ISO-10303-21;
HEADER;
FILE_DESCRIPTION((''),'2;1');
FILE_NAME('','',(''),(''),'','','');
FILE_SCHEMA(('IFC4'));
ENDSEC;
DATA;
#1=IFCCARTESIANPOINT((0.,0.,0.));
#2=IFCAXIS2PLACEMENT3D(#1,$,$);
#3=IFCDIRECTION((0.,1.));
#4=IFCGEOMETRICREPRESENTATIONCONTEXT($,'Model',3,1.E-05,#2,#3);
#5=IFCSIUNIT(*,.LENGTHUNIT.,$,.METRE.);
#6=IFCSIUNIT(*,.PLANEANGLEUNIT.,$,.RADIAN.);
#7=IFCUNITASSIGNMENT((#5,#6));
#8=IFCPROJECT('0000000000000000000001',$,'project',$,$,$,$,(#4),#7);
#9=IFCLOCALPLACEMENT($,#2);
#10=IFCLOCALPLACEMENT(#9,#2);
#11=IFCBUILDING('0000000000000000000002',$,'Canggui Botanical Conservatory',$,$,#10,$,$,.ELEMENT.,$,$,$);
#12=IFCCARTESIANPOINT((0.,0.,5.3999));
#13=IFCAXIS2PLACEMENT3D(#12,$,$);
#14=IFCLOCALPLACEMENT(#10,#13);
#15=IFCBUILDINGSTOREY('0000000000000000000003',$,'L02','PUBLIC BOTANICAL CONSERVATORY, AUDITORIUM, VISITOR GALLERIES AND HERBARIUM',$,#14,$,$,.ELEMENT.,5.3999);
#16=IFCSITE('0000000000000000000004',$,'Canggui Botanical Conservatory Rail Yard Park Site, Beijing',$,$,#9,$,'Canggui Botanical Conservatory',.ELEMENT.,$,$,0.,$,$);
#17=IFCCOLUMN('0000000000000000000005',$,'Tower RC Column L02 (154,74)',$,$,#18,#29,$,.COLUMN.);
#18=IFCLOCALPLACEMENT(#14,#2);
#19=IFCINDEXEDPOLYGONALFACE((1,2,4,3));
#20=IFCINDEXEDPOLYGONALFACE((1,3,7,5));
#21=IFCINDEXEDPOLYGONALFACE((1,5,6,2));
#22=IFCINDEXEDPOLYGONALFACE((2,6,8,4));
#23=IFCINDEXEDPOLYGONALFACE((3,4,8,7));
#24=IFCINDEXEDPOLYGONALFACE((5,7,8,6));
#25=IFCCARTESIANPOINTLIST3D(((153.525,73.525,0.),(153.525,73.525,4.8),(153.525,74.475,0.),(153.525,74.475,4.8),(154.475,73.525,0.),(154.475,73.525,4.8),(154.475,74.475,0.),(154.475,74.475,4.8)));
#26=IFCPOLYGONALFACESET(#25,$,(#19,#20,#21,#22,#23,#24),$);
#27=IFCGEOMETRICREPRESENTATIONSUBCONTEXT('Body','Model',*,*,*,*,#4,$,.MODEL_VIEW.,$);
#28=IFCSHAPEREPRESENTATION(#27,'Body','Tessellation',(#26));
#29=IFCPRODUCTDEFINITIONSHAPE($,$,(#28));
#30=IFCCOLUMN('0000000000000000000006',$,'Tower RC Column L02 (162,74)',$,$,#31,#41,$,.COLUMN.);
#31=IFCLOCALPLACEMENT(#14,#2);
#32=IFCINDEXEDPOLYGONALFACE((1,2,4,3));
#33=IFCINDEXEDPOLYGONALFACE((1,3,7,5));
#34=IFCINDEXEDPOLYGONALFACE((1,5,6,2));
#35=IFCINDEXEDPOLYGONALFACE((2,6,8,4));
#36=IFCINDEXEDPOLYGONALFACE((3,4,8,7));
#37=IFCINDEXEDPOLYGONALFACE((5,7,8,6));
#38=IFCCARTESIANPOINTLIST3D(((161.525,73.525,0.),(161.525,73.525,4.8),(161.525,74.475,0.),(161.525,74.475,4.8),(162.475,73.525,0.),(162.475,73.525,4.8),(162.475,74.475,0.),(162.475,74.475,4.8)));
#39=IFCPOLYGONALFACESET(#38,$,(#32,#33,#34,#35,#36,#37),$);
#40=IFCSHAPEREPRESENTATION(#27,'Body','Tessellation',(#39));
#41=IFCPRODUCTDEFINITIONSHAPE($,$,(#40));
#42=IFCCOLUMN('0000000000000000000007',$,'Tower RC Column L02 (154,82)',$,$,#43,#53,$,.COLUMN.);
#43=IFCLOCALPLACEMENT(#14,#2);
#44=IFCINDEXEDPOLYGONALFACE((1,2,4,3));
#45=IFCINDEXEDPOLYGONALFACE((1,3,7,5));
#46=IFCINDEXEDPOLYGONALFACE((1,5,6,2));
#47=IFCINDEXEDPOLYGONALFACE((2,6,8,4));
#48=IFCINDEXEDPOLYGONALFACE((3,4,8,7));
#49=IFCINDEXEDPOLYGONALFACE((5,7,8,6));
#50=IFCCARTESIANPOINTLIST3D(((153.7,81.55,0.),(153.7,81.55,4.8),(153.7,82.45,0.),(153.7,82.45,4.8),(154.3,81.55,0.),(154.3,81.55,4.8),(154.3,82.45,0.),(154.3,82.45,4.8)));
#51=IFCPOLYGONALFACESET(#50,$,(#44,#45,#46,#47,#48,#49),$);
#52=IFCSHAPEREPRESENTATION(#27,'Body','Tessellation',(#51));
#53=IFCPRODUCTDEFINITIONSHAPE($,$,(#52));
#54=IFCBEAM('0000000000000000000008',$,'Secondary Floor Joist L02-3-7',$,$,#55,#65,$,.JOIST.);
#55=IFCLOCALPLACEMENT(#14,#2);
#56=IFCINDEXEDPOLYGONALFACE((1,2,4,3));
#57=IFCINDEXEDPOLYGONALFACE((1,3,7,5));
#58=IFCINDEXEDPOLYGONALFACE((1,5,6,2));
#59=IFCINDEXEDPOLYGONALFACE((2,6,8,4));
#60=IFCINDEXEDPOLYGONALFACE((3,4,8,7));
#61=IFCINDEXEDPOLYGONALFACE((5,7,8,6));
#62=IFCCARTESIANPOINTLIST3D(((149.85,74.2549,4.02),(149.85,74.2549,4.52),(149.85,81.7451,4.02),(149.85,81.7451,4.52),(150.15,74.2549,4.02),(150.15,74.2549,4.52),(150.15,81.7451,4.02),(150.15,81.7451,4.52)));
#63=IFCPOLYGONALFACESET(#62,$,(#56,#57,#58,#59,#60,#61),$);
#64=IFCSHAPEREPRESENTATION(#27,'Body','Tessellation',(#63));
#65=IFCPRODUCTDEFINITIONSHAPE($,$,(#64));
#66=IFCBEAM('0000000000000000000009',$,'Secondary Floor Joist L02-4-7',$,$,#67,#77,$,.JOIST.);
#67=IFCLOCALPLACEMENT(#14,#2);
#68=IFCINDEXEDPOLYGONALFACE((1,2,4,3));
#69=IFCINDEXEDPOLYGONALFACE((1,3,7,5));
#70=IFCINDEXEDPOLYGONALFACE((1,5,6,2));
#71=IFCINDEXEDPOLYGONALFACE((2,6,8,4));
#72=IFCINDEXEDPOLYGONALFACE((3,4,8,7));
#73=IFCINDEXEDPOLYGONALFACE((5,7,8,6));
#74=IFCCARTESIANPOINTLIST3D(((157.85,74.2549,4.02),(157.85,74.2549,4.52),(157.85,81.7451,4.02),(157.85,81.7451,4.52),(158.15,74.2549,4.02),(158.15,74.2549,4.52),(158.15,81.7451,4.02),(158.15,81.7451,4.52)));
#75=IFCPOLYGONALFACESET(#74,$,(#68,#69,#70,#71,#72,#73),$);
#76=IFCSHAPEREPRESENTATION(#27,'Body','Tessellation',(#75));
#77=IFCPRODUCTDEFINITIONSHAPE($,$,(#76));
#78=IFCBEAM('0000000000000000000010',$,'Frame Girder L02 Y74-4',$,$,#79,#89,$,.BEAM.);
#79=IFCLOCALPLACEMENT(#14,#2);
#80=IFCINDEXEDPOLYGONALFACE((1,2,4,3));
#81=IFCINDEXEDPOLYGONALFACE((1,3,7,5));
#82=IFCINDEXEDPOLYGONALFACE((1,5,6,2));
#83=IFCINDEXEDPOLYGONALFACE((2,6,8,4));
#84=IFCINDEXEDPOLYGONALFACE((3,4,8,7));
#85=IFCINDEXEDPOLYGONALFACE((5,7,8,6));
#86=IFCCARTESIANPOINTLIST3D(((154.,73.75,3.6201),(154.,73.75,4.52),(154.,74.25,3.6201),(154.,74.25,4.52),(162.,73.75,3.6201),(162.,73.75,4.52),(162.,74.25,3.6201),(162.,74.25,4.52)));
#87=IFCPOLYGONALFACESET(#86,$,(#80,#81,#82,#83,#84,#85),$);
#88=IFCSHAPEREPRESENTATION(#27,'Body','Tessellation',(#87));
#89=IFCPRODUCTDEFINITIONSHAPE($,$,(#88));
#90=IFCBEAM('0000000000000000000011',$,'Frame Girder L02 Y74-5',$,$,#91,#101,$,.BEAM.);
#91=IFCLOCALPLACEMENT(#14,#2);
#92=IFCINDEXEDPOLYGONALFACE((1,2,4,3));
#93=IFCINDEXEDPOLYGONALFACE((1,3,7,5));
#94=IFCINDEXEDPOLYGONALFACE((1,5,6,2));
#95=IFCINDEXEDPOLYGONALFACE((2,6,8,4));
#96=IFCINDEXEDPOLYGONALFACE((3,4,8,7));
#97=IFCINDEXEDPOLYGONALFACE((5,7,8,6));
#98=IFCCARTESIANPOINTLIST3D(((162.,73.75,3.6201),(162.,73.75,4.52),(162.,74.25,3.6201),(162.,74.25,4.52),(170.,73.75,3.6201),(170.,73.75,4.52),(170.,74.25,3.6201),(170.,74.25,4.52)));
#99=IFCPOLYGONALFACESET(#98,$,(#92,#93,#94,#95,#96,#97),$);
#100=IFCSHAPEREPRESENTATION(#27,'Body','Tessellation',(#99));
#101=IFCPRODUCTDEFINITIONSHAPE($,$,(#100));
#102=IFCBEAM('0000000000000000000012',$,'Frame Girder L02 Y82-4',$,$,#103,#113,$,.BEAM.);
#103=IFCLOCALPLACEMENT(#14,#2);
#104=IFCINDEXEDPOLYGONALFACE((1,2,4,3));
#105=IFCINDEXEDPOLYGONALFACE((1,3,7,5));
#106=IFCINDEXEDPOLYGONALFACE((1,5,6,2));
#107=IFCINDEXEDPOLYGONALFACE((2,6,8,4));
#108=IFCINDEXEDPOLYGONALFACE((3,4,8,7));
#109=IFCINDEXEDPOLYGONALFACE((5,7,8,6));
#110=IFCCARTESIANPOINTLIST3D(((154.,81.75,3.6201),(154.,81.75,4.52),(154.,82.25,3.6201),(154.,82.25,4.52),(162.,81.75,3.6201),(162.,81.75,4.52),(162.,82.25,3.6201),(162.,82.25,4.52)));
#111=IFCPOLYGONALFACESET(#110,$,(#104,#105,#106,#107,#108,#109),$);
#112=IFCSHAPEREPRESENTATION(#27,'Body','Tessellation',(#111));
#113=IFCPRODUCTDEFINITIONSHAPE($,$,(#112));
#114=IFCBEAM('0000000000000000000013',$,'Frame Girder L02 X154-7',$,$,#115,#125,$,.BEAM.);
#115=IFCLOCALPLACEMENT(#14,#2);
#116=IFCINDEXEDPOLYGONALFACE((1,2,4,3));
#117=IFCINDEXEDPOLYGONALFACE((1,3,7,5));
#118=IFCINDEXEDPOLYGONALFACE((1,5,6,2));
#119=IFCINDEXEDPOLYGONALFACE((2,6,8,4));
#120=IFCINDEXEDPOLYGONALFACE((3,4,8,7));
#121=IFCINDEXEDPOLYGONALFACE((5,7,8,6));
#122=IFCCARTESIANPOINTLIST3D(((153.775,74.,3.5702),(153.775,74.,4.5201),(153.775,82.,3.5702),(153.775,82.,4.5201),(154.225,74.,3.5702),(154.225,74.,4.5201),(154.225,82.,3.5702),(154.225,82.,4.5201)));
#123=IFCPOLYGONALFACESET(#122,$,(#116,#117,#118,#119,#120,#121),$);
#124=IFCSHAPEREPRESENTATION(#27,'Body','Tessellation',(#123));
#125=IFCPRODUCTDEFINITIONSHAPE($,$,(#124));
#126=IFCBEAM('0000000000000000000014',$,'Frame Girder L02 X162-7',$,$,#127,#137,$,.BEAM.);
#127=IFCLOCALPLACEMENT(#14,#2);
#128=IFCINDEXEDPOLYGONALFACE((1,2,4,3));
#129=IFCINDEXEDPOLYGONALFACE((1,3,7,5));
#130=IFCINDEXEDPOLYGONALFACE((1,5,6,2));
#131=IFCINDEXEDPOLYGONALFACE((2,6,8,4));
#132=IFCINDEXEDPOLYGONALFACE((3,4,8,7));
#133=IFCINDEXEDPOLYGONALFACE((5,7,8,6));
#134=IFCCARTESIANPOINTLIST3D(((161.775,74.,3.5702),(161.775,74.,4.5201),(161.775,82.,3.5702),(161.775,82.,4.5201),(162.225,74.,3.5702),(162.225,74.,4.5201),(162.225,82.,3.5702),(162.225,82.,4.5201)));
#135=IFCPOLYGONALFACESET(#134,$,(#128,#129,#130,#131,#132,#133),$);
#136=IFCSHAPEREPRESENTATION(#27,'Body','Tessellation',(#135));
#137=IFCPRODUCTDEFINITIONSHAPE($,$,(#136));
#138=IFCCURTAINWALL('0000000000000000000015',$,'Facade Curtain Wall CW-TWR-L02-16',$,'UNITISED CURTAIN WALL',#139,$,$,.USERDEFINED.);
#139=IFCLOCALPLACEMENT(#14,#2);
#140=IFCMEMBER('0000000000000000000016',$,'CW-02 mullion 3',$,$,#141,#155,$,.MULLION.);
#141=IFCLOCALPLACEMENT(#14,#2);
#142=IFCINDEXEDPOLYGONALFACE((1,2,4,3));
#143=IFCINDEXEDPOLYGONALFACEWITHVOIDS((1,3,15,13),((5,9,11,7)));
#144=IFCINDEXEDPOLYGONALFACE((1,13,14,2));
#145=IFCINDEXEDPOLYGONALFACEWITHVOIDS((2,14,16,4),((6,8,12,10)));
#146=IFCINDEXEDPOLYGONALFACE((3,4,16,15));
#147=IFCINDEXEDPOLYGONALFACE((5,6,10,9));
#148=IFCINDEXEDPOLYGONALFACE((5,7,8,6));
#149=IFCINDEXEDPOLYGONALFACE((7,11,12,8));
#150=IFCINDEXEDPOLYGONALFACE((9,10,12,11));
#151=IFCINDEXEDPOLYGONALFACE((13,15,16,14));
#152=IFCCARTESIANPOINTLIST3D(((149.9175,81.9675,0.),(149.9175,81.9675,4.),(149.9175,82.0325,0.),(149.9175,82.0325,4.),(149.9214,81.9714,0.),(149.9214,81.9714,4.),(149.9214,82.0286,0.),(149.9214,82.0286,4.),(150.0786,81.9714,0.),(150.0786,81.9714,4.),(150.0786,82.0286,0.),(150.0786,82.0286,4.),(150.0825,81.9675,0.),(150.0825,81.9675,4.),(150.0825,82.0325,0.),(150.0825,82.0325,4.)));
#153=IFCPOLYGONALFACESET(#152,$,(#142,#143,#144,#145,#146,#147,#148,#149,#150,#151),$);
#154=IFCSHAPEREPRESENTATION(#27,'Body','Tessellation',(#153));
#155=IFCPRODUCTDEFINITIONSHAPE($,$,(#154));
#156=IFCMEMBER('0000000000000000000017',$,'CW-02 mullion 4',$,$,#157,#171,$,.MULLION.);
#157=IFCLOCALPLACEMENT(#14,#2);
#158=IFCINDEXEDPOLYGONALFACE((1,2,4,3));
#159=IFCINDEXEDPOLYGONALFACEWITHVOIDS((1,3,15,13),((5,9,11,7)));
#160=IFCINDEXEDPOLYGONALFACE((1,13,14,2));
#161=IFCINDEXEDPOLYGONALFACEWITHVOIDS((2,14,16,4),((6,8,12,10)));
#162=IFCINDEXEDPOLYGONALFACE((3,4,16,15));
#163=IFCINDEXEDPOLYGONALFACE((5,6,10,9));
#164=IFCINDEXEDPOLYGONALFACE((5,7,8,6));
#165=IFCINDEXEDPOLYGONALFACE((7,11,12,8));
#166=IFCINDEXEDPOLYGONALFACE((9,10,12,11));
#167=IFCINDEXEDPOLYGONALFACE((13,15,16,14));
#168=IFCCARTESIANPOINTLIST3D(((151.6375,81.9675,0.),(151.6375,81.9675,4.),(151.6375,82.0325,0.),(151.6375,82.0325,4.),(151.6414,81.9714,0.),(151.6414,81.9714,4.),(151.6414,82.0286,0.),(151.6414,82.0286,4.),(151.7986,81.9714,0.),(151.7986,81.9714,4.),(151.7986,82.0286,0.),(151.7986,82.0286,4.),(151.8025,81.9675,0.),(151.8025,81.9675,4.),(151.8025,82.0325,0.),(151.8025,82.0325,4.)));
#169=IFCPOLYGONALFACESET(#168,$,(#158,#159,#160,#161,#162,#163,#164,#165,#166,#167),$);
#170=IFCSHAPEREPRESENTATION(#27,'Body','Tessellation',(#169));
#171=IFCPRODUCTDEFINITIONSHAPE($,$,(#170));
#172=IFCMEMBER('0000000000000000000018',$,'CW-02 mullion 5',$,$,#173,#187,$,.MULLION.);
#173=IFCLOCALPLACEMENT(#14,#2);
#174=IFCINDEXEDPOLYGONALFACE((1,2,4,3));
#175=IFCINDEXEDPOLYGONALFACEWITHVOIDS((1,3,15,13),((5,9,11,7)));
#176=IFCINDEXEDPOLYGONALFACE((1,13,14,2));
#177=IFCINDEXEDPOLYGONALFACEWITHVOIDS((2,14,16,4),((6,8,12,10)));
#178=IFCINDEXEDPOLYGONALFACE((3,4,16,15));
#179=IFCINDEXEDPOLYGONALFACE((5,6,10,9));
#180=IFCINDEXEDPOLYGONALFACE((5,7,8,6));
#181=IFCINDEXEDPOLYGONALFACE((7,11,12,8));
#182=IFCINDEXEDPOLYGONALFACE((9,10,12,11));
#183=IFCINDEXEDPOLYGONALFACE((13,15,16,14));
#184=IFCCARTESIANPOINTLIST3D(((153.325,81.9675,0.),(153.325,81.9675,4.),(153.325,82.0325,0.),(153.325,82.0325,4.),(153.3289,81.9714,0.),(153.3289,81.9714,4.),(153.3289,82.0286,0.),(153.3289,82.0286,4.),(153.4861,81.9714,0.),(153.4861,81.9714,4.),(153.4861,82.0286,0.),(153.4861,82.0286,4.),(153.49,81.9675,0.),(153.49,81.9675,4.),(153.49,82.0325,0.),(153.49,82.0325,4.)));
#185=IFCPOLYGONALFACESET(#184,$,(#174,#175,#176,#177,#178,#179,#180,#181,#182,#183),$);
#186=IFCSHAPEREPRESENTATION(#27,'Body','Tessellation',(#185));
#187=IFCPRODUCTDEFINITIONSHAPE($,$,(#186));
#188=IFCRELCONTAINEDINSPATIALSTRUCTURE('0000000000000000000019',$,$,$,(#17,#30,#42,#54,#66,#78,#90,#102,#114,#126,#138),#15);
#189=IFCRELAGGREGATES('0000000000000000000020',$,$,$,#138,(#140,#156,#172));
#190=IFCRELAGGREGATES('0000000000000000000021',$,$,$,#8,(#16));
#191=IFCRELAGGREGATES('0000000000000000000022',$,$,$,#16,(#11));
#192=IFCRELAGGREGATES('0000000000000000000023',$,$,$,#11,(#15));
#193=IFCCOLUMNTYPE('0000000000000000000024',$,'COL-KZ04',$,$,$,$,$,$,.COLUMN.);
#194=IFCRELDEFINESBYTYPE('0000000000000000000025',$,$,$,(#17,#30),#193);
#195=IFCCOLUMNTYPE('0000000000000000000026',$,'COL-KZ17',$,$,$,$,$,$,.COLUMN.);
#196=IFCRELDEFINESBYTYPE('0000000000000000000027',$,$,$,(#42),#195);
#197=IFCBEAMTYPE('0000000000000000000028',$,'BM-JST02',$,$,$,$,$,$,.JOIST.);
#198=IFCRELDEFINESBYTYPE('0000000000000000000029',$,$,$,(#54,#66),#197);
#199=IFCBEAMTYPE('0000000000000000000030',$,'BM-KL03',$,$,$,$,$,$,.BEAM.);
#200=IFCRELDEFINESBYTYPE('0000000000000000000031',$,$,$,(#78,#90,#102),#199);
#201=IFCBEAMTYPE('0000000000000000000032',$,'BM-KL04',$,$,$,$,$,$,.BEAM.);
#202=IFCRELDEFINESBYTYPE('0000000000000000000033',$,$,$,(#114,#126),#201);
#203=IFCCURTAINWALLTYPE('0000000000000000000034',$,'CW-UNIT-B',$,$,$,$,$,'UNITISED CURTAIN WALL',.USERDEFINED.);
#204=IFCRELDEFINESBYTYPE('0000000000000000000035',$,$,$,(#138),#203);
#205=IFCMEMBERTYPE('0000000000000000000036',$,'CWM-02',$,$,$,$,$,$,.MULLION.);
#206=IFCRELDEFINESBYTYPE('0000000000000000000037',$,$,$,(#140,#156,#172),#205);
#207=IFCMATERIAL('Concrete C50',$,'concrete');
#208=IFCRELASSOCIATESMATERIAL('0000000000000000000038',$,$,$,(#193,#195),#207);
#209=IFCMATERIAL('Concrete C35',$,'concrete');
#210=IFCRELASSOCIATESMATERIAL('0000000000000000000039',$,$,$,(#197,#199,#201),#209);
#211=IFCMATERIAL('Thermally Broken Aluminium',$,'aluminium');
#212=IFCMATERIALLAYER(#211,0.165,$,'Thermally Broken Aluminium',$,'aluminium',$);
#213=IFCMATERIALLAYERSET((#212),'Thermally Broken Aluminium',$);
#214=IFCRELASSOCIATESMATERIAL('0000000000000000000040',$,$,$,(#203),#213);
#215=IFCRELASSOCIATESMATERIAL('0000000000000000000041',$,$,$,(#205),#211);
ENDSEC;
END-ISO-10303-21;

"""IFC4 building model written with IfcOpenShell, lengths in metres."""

from ifc_helpers import new_model, si_unit, direction, frame, origin, origin_2d, place, context, subcontext, project, spatial, rectangle, hollow_rectangle, extrude, material, layer, layer_set, material_profile, profile_set, type_object, element, aggregate, save


model = new_model("IFC4")

# Units and contexts
model_context = context("Model", 3, precision=1e-05, world=origin(), true_north=direction((0.0, 1.0)))
body_context = subcontext(model_context, "Body", "Model", "MODEL_VIEW")
ifc_project = project(units=[si_unit("LENGTHUNIT", "METRE"), si_unit("PLANEANGLEUNIT", "RADIAN")], contexts=[model_context])

# Site, building, storey
site_placement = place(None, origin())
site = spatial("IfcSite", under=ifc_project, at=site_placement, Name="Canggui Botanical Conservatory Rail Yard Park Site, Beijing", LongName="Canggui Botanical Conservatory", CompositionType="ELEMENT", RefElevation=0.0)
building_placement = place(site_placement, origin())
building = spatial("IfcBuilding", under=site, at=building_placement, Name="Canggui Botanical Conservatory", CompositionType="ELEMENT")
storey_placement = place(building_placement, frame((0.0, 0.0, 5.3999)))
storey = spatial("IfcBuildingStorey", under=building, at=storey_placement, Name="L02", Description="PUBLIC BOTANICAL CONSERVATORY, AUDITORIUM, VISITOR GALLERIES AND HERBARIUM", CompositionType="ELEMENT", Elevation=5.3999)

# Columns
ifc_material_1 = material(Name="Concrete C50", Category="concrete")
ifc_material_profile_1 = material_profile(ifc_material_1, rectangle(XDim=0.95, YDim=0.95, at=origin_2d()), Name="RC 950x950")
ifc_profile_set_1 = profile_set([ifc_material_profile_1], Name="Concrete C50")
column_type_1 = type_object("IfcColumnType", Name="COL-KZ04", PredefinedType="COLUMN", material=ifc_profile_set_1)
for number, where, z_axis, x_axis, name in (
    (1, (154.0, 74.0, 0.0), (0.0, 0.0, 1.0), (1.0, 0.0, 0.0), "Tower RC Column L02 (154,74)"),
    (2, (162.0, 74.0, 0.0), (0.0, 0.0, 1.0), (1.0, 0.0, 0.0), "Tower RC Column L02 (162,74)"),
):
    element("IfcColumn", number, at=place(storey_placement, frame(where, z_axis=z_axis, x_axis=x_axis)), inside=storey, type_object=column_type_1, Name=name, PredefinedType="COLUMN", context=body_context, shape_type="SweptSolid", body=[
        extrude(rectangle(XDim=0.95, YDim=0.95, at=origin_2d()), origin(), (0.0, 0.0, 1.0), 4.8),
    ])
ifc_material_profile_2 = material_profile(ifc_material_1, rectangle(XDim=0.6001, YDim=0.8999, at=origin_2d()), Name="RC 600x900")
ifc_profile_set_2 = profile_set([ifc_material_profile_2], Name="Concrete C50")
column_type_2 = type_object("IfcColumnType", Name="COL-KZ17", PredefinedType="COLUMN", material=ifc_profile_set_2)
column_placement = place(storey_placement, frame((154.0, 82.0, 0.0), z_axis=(0.0, 0.0, 1.0), x_axis=(1.0, 0.0, 0.0)))
element("IfcColumn", 3, at=column_placement, inside=storey, type_object=column_type_2, Name="Tower RC Column L02 (154,82)", PredefinedType="COLUMN", context=body_context, shape_type="SweptSolid", body=[
    extrude(rectangle(XDim=0.6001, YDim=0.8999, at=origin_2d()), origin(), (0.0, 0.0, 1.0), 4.8),
])

# Beams
ifc_material_2 = material(Name="Concrete C35", Category="concrete")
ifc_material_profile_3 = material_profile(ifc_material_2, rectangle(XDim=0.3, YDim=0.5, at=origin_2d()), Name="RB 300x500")
ifc_profile_set_3 = profile_set([ifc_material_profile_3], Name="Concrete C35")
beam_type_1 = type_object("IfcBeamType", Name="BM-JST02", PredefinedType="JOIST", material=ifc_profile_set_3)
for number, where, z_axis, x_axis, name in (
    (4, (150.0, 74.2549, 4.27), (0.0, 1.0, 0.0), (-1.0, 0.0, 0.0), "Secondary Floor Joist L02-3-7"),
    (5, (158.0, 74.2549, 4.27), (0.0, 1.0, 0.0), (-1.0, 0.0, 0.0), "Secondary Floor Joist L02-4-7"),
):
    element("IfcBeam", number, at=place(storey_placement, frame(where, z_axis=z_axis, x_axis=x_axis)), inside=storey, type_object=beam_type_1, Name=name, PredefinedType="JOIST", context=body_context, shape_type="SweptSolid", body=[
        extrude(rectangle(XDim=0.3, YDim=0.5, at=origin_2d()), origin(), (0.0, 0.0, 1.0), 7.4902),
    ])
ifc_material_profile_4 = material_profile(ifc_material_2, rectangle(XDim=0.5, YDim=0.8999, at=origin_2d()), Name="RB 500x900")
ifc_profile_set_4 = profile_set([ifc_material_profile_4], Name="Concrete C35")
beam_type_2 = type_object("IfcBeamType", Name="BM-KL03", PredefinedType="BEAM", material=ifc_profile_set_4)
for number, where, z_axis, x_axis, name in (
    (6, (154.0, 74.0, 4.0701), (1.0, 0.0, 0.0), (0.0, 1.0, 0.0), "Frame Girder L02 Y74-4"),
    (7, (162.0, 74.0, 4.0701), (1.0, 0.0, 0.0), (0.0, 1.0, 0.0), "Frame Girder L02 Y74-5"),
    (8, (154.0, 82.0, 4.0701), (1.0, 0.0, 0.0), (0.0, 1.0, 0.0), "Frame Girder L02 Y82-4"),
):
    element("IfcBeam", number, at=place(storey_placement, frame(where, z_axis=z_axis, x_axis=x_axis)), inside=storey, type_object=beam_type_2, Name=name, PredefinedType="BEAM", context=body_context, shape_type="SweptSolid", body=[
        extrude(rectangle(XDim=0.5, YDim=0.8999, at=origin_2d()), origin(), (0.0, 0.0, 1.0), 8.0),
    ])
ifc_material_profile_5 = material_profile(ifc_material_2, rectangle(XDim=0.45, YDim=0.95, at=origin_2d()), Name="RB 450x950")
ifc_profile_set_5 = profile_set([ifc_material_profile_5], Name="Concrete C35")
beam_type_3 = type_object("IfcBeamType", Name="BM-KL04", PredefinedType="BEAM", material=ifc_profile_set_5)
for number, where, z_axis, x_axis, name in (
    (9, (154.0, 74.0, 4.0452), (0.0, 1.0, 0.0), (-1.0, 0.0, 0.0), "Frame Girder L02 X154-7"),
    (10, (162.0, 74.0, 4.0452), (0.0, 1.0, 0.0), (-1.0, 0.0, 0.0), "Frame Girder L02 X162-7"),
):
    element("IfcBeam", number, at=place(storey_placement, frame(where, z_axis=z_axis, x_axis=x_axis)), inside=storey, type_object=beam_type_3, Name=name, PredefinedType="BEAM", context=body_context, shape_type="SweptSolid", body=[
        extrude(rectangle(XDim=0.45, YDim=0.95, at=origin_2d()), origin(), (0.0, 0.0, 1.0), 8.0),
    ])

# Curtain wall, members
ifc_material_3 = material(Name="Thermally Broken Aluminium", Category="aluminium")
ifc_layer_1 = layer(ifc_material_3, 0.165, Name="Thermally Broken Aluminium", Category="aluminium")
ifc_layer_set_1 = layer_set([ifc_layer_1], Name="Thermally Broken Aluminium")
curtain_wall_type = type_object("IfcCurtainWallType", Name="CW-UNIT-B", ElementType="UNITISED CURTAIN WALL", PredefinedType="USERDEFINED", material=ifc_layer_set_1)
curtain_wall_placement = place(storey_placement, origin())
curtain_wall = element("IfcCurtainWall", 11, at=curtain_wall_placement, inside=storey, type_object=curtain_wall_type, Name="Facade Curtain Wall CW-TWR-L02-16", ObjectType="UNITISED CURTAIN WALL", PredefinedType="USERDEFINED")
ifc_material_profile_6 = material_profile(ifc_material_3, hollow_rectangle(XDim=0.0649, YDim=0.165, WallThickness=0.0039, at=origin_2d()), Name="CWM 65x165x4")
ifc_profile_set_6 = profile_set([ifc_material_profile_6], Name="Thermally Broken Aluminium")
member_type_1 = type_object("IfcMemberType", Name="CWM-02", PredefinedType="MULLION", material=ifc_profile_set_6)
member_1_placement = place(storey_placement, frame((150.0, 82.0, 0.0), z_axis=(0.0, 0.0, 1.0), x_axis=(0.0, 1.0, 0.0)))
member_1 = element("IfcMember", 12, at=member_1_placement, type_object=member_type_1, Name="CW-02 mullion 3", PredefinedType="MULLION", context=body_context, shape_type="SweptSolid", body=[
    extrude(hollow_rectangle(XDim=0.0649, YDim=0.165, WallThickness=0.0039, at=origin_2d()), origin(), (0.0, 0.0, 1.0), 4.0),
])
member_2_placement = place(storey_placement, frame((151.72, 82.0, 0.0), z_axis=(0.0, 0.0, 1.0), x_axis=(0.0, 1.0, 0.0)))
member_2 = element("IfcMember", 13, at=member_2_placement, type_object=member_type_1, Name="CW-02 mullion 4", PredefinedType="MULLION", context=body_context, shape_type="SweptSolid", body=[
    extrude(hollow_rectangle(XDim=0.0649, YDim=0.165, WallThickness=0.0039, at=origin_2d()), origin(), (0.0, 0.0, 1.0), 4.0),
])
member_3_placement = place(storey_placement, frame((153.4075, 82.0, 0.0), z_axis=(0.0, 0.0, 1.0), x_axis=(0.0, 1.0, 0.0)))
member_3 = element("IfcMember", 14, at=member_3_placement, type_object=member_type_1, Name="CW-02 mullion 5", PredefinedType="MULLION", context=body_context, shape_type="SweptSolid", body=[
    extrude(hollow_rectangle(XDim=0.0649, YDim=0.165, WallThickness=0.0039, at=origin_2d()), origin(), (0.0, 0.0, 1.0), 4.0),
])
aggregate(curtain_wall, [member_1, member_2, member_3])

save(model, "model.ifc")
